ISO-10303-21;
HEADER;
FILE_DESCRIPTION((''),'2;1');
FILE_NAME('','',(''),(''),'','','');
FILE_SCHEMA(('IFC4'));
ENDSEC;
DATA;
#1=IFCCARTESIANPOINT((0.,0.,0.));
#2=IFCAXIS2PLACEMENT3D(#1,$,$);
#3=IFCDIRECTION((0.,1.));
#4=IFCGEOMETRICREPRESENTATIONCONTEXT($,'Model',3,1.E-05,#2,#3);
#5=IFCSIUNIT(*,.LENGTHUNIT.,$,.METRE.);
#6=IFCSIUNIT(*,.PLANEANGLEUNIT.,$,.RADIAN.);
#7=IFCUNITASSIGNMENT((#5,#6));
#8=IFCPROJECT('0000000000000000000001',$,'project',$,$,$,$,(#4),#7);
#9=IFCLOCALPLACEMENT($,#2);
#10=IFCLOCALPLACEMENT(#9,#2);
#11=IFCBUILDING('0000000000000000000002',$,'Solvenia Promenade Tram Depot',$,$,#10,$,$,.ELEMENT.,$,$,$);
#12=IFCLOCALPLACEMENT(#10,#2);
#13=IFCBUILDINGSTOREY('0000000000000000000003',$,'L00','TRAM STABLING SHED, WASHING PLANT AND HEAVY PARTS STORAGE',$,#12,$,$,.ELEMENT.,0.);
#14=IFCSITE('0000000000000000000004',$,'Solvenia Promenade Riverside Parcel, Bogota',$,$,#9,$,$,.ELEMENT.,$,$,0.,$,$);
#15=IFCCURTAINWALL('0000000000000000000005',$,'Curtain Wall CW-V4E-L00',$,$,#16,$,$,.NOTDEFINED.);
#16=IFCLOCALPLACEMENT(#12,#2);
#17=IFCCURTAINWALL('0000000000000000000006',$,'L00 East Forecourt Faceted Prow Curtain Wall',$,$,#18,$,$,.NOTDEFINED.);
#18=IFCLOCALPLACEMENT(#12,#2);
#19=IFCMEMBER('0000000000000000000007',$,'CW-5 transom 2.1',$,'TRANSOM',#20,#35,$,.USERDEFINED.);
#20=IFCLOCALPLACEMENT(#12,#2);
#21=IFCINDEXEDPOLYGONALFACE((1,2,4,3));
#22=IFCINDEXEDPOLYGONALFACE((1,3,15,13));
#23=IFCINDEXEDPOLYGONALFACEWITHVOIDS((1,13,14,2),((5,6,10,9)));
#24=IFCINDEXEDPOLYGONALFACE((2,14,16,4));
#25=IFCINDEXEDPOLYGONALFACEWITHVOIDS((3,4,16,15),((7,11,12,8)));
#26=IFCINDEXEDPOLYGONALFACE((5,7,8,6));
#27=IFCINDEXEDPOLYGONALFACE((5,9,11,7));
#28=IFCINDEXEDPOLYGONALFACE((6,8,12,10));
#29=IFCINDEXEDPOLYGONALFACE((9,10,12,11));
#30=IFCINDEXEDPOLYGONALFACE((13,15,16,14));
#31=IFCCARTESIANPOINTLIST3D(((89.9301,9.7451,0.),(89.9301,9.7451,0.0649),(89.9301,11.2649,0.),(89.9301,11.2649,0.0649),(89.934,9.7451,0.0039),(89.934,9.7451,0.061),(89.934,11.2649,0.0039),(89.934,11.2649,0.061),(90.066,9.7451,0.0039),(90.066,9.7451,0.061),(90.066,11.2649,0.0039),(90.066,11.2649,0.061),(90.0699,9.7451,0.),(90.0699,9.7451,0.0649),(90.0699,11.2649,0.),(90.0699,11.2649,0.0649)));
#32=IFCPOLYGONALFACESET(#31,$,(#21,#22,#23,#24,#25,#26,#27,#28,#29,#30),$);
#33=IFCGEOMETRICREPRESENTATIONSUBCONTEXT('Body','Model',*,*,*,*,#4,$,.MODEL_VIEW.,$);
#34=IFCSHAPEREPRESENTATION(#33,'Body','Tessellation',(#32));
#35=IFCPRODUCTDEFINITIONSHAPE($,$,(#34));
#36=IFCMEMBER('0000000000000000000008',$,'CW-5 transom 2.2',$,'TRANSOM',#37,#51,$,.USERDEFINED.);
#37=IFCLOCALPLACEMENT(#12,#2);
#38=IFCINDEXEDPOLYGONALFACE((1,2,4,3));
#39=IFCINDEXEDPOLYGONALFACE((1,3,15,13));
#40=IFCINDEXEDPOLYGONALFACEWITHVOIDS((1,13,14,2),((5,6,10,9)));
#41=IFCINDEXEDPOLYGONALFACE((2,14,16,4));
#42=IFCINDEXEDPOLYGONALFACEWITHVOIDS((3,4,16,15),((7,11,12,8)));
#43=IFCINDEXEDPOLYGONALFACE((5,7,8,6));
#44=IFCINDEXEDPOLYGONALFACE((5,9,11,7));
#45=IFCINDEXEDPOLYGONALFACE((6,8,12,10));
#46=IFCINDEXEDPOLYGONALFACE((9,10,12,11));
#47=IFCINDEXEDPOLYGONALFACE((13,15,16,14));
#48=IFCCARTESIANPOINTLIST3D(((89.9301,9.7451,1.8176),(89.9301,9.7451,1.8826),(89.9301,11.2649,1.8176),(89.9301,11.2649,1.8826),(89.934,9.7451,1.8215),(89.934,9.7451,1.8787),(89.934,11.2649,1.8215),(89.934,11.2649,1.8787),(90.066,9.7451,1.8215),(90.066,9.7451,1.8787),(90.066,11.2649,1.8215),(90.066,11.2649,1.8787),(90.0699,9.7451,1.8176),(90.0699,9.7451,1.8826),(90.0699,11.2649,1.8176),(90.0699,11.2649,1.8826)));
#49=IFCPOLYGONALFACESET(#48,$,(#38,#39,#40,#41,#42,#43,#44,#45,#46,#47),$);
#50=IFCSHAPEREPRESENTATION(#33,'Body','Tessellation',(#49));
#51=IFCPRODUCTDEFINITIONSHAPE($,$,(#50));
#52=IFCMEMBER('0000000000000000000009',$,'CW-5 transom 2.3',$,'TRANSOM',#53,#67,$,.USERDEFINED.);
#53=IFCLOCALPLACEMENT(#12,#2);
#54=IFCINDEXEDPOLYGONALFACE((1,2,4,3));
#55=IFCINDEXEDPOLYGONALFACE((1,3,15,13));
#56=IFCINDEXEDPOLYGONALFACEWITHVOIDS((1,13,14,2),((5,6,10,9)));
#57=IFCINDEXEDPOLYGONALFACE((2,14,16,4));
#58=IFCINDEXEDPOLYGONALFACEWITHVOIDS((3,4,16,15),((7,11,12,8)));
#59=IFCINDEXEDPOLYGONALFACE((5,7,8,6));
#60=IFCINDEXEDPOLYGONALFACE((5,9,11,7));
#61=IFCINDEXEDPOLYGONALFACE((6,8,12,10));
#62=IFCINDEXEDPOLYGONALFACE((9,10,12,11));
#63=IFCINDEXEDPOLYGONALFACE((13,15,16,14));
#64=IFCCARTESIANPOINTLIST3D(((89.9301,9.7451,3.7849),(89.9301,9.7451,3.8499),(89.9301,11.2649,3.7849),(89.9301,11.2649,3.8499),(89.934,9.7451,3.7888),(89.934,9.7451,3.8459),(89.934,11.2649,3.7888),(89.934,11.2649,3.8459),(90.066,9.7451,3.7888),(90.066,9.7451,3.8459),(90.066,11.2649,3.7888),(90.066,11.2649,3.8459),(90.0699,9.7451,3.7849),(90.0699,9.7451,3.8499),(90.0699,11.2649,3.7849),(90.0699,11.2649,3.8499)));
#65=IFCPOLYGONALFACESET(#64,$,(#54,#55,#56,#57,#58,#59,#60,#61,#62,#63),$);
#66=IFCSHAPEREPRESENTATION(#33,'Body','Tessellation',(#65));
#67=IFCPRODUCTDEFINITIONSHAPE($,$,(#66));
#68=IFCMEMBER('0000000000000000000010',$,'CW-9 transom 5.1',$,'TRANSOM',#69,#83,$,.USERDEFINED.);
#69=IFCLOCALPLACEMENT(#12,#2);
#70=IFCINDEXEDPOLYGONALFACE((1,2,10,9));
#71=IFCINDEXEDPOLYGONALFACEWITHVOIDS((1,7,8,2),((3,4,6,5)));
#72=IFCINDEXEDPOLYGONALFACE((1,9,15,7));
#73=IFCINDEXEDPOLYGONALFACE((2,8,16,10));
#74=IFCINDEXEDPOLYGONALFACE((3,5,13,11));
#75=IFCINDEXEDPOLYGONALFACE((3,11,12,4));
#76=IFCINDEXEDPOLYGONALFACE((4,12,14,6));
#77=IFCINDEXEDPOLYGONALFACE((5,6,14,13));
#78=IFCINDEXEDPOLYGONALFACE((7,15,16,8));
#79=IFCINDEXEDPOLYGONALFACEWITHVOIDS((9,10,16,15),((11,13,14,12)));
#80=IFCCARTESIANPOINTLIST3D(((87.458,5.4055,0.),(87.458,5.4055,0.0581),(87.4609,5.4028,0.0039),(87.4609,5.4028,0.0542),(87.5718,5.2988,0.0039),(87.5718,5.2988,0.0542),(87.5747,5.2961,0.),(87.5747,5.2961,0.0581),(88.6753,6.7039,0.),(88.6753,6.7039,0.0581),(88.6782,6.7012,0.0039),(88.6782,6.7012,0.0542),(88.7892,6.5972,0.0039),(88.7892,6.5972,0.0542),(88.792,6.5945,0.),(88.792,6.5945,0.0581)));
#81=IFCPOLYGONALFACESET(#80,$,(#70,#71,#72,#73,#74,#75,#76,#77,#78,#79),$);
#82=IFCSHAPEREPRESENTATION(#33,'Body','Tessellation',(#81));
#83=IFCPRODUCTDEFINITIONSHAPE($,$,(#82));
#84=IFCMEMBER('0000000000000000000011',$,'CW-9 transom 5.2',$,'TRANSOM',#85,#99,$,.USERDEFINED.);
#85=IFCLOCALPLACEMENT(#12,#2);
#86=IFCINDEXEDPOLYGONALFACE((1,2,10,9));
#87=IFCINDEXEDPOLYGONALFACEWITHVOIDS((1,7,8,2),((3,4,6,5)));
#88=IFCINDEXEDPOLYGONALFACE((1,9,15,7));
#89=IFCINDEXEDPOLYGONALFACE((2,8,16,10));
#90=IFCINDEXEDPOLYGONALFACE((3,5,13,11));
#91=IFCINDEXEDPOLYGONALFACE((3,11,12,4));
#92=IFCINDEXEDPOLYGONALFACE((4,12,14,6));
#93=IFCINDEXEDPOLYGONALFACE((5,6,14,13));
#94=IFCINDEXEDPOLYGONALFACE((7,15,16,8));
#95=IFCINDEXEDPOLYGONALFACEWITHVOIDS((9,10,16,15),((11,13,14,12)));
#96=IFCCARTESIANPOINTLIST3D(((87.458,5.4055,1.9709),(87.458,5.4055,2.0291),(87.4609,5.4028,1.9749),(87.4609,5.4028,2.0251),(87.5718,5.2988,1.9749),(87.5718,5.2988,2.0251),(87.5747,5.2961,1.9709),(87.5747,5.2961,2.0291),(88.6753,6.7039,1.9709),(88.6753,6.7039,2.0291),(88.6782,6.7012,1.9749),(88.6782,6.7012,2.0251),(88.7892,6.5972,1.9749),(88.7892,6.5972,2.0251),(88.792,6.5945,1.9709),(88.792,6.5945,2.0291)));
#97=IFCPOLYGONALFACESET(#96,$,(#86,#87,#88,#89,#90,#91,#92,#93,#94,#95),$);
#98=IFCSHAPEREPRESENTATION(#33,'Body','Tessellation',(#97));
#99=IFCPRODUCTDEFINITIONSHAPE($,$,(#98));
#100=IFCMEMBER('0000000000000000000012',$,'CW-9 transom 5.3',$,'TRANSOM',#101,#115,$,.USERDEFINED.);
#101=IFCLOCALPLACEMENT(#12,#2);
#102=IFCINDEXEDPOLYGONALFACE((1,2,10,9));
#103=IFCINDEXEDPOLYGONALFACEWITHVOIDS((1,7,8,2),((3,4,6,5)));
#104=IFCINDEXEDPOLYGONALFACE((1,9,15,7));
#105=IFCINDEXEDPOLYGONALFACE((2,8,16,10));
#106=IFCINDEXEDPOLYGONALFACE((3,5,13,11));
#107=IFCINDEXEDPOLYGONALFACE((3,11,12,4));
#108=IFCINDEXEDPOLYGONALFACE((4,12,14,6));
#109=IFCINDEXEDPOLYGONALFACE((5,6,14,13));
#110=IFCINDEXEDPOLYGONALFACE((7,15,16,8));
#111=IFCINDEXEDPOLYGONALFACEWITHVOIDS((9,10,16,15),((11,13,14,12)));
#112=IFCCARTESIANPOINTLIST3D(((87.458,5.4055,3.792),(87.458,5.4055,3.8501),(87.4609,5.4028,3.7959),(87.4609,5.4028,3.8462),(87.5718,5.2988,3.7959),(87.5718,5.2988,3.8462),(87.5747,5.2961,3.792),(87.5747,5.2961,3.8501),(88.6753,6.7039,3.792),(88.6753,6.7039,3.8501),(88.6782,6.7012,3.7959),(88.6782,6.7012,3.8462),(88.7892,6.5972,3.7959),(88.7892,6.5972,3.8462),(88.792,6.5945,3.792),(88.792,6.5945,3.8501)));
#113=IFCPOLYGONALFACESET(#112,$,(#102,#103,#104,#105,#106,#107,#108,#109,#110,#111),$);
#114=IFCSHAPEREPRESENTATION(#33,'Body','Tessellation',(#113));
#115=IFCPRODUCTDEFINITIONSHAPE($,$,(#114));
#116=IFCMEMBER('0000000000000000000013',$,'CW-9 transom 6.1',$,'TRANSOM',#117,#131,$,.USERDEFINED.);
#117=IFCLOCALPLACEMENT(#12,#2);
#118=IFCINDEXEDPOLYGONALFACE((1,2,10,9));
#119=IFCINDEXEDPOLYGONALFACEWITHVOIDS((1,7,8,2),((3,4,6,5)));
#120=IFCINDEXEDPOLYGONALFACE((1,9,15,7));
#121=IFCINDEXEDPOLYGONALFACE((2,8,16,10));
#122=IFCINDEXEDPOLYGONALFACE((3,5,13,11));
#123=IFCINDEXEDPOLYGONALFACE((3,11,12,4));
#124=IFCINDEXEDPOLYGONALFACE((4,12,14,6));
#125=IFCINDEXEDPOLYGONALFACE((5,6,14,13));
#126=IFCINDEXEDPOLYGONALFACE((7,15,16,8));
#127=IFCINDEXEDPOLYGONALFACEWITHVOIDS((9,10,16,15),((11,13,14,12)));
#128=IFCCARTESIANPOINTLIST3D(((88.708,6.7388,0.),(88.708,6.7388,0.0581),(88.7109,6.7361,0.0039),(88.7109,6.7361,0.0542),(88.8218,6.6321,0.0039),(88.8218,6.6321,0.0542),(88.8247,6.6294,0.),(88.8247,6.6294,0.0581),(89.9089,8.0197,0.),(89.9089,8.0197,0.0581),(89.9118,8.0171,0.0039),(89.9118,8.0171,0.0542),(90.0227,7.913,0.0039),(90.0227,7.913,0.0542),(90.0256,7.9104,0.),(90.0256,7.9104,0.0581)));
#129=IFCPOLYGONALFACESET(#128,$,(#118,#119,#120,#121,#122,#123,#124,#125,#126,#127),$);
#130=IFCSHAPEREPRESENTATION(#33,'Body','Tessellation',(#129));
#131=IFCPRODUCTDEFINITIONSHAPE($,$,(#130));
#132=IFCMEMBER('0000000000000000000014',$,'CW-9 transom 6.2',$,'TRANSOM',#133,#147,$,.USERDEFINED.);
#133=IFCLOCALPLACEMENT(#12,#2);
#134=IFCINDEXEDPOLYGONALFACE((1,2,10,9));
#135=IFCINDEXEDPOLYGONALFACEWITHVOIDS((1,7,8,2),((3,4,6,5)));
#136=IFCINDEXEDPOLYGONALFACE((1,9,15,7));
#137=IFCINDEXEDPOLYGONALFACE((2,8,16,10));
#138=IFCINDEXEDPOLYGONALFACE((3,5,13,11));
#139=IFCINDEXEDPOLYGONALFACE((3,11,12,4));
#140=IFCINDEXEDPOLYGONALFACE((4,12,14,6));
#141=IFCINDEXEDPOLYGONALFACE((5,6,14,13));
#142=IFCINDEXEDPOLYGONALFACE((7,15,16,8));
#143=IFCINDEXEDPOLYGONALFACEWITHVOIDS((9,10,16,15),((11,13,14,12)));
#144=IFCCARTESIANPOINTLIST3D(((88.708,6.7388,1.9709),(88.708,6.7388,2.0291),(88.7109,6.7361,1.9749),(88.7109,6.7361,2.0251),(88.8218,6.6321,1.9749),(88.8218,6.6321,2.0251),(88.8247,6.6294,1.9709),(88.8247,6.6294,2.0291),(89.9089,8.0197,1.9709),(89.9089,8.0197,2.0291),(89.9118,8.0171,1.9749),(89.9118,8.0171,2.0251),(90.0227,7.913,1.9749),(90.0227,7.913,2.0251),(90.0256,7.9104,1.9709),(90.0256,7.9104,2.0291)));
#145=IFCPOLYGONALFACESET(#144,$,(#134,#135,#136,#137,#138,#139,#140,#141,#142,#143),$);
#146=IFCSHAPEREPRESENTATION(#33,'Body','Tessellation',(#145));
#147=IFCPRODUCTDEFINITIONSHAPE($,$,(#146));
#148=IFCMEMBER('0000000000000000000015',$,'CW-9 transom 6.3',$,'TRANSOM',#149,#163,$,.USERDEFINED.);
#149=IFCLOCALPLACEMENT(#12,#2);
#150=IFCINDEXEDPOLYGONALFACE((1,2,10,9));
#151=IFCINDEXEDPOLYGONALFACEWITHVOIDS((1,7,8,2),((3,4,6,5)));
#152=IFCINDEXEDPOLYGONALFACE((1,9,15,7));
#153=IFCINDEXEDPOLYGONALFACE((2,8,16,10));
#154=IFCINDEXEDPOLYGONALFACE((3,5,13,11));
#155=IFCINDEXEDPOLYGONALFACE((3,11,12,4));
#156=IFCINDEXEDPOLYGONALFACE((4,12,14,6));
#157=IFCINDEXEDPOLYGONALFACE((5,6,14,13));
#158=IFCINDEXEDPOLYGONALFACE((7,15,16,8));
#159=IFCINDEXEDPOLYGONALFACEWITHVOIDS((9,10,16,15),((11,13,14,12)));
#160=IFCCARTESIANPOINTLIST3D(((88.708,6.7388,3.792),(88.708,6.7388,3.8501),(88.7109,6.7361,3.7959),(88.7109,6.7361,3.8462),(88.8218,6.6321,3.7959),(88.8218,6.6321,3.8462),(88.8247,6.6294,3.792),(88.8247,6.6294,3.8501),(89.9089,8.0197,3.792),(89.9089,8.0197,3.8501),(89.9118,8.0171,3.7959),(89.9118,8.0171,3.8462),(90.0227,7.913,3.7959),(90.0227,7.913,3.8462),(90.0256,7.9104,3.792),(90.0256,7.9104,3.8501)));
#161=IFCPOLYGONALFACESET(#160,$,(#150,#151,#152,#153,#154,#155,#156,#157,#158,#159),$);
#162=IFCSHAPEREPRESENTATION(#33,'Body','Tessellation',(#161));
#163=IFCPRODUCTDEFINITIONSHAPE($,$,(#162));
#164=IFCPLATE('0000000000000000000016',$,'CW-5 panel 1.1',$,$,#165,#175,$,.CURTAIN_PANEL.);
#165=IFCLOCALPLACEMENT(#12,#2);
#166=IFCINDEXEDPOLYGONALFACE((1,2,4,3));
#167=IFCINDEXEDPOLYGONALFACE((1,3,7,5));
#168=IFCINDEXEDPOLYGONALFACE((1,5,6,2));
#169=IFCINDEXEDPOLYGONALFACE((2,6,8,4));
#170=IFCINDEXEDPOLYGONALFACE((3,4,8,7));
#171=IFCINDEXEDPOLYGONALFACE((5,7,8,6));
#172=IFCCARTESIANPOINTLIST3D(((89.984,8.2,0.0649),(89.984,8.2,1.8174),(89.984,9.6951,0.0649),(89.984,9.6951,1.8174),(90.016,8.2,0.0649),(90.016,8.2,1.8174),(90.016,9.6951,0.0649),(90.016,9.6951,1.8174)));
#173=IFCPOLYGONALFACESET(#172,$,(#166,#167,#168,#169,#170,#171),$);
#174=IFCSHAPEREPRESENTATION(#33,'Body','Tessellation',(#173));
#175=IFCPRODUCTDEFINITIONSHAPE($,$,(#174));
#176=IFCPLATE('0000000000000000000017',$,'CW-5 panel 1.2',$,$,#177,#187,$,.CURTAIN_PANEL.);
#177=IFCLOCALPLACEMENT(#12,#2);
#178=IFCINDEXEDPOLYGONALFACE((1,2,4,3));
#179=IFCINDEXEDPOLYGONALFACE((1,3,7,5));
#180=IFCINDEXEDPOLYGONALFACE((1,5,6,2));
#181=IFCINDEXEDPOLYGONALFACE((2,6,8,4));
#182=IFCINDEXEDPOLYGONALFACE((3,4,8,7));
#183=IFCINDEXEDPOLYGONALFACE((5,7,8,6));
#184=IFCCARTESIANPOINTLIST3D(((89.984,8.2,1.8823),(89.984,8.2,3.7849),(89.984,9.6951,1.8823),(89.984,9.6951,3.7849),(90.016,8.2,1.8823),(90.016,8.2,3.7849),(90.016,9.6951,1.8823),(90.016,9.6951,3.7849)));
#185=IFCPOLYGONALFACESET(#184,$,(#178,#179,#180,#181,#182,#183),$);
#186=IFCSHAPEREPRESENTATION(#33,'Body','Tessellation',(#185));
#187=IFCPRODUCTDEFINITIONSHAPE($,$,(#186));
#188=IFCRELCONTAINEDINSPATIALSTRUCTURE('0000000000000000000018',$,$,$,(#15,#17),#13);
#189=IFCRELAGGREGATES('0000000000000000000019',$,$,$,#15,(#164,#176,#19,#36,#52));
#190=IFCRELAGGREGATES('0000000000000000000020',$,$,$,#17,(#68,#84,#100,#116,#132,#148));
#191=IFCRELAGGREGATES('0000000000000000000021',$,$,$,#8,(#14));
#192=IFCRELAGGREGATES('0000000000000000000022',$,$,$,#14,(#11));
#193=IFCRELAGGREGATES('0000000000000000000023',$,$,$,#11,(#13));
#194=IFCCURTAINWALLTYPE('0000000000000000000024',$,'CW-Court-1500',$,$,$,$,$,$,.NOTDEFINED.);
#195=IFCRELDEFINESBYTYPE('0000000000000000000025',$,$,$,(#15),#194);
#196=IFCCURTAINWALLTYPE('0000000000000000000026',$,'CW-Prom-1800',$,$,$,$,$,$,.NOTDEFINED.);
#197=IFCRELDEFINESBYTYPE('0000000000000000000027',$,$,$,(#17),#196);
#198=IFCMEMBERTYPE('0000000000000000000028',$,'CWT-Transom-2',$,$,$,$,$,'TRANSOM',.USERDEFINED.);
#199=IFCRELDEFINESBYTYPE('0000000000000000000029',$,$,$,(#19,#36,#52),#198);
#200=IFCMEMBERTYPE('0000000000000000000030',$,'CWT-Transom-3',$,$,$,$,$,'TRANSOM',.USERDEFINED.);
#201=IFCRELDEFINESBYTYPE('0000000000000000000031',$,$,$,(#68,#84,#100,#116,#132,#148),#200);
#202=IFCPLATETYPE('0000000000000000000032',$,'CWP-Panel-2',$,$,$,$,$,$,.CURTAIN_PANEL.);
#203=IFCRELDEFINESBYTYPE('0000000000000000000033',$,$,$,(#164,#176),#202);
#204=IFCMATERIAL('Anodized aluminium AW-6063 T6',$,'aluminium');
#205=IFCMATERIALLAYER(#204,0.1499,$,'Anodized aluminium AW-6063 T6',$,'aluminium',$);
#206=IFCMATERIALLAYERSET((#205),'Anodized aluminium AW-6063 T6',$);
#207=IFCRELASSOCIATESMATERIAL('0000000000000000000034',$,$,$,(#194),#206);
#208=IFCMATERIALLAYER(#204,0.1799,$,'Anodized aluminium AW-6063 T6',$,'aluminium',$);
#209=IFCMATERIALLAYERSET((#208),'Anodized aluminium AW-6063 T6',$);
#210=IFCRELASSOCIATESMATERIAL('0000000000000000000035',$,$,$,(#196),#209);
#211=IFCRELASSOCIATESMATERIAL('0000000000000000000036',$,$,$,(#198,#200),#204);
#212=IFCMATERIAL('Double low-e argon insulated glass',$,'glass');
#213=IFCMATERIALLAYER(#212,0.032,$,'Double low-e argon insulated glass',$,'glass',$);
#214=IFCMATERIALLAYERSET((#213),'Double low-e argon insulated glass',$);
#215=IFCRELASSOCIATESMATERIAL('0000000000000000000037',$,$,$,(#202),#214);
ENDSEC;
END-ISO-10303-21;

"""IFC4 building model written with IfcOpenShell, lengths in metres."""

from ifc_helpers import new_model, si_unit, direction, frame, origin, origin_2d, place, context, subcontext, project, spatial, rectangle, hollow_rectangle, extrude, material, layer, layer_set, material_profile, profile_set, type_object, element, aggregate, save


model = new_model("IFC4")

# Units and contexts
model_context = context("Model", 3, precision=1e-05, world=origin(), true_north=direction((0.0, 1.0)))
body_context = subcontext(model_context, "Body", "Model", "MODEL_VIEW")
ifc_project = project(units=[si_unit("LENGTHUNIT", "METRE"), si_unit("PLANEANGLEUNIT", "RADIAN")], contexts=[model_context])

# Site, building, storey
site_placement = place(None, origin())
site = spatial("IfcSite", under=ifc_project, at=site_placement, Name="Solvenia Promenade Riverside Parcel, Bogota", CompositionType="ELEMENT", RefElevation=0.0)
building_placement = place(site_placement, origin())
building = spatial("IfcBuilding", under=site, at=building_placement, Name="Solvenia Promenade Tram Depot", CompositionType="ELEMENT")
storey_placement = place(building_placement, origin())
storey = spatial("IfcBuildingStorey", under=building, at=storey_placement, Name="L00", Description="TRAM STABLING SHED, WASHING PLANT AND HEAVY PARTS STORAGE", CompositionType="ELEMENT", Elevation=0.0)

# Curtain walls
ifc_material_1 = material(Name="Anodized aluminium AW-6063 T6", Category="aluminium")
ifc_layer_1 = layer(ifc_material_1, 0.1499, Name="Anodized aluminium AW-6063 T6", Category="aluminium")
ifc_layer_set_1 = layer_set([ifc_layer_1], Name="Anodized aluminium AW-6063 T6")
curtain_wall_type_1 = type_object("IfcCurtainWallType", Name="CW-Court-1500", PredefinedType="NOTDEFINED", material=ifc_layer_set_1)
curtain_wall_1_placement = place(storey_placement, origin())
curtain_wall_1 = element("IfcCurtainWall", 1, at=curtain_wall_1_placement, inside=storey, type_object=curtain_wall_type_1, Name="Curtain Wall CW-V4E-L00", PredefinedType="NOTDEFINED")
ifc_layer_2 = layer(ifc_material_1, 0.1799, Name="Anodized aluminium AW-6063 T6", Category="aluminium")
ifc_layer_set_2 = layer_set([ifc_layer_2], Name="Anodized aluminium AW-6063 T6")
curtain_wall_type_2 = type_object("IfcCurtainWallType", Name="CW-Prom-1800", PredefinedType="NOTDEFINED", material=ifc_layer_set_2)
curtain_wall_2_placement = place(storey_placement, origin())
curtain_wall_2 = element("IfcCurtainWall", 2, at=curtain_wall_2_placement, inside=storey, type_object=curtain_wall_type_2, Name="L00 East Forecourt Faceted Prow Curtain Wall", PredefinedType="NOTDEFINED")

# Members
ifc_material_profile_1 = material_profile(ifc_material_1, hollow_rectangle(XDim=0.1399, YDim=0.0649, WallThickness=0.0039, at=origin_2d()), Name="ALU-T2", Category="aluminium")
ifc_profile_set_1 = profile_set([ifc_material_profile_1], Name="Anodized aluminium AW-6063 T6")
member_type_1 = type_object("IfcMemberType", Name="CWT-Transom-2", ElementType="TRANSOM", PredefinedType="USERDEFINED", material=ifc_profile_set_1)
member_1_placement = place(storey_placement, frame((90.0, 9.7451, 0.0325), z_axis=(0.0, 1.0, 0.0), x_axis=(-1.0, 0.0, 0.0)))
member_1 = element("IfcMember", 3, at=member_1_placement, type_object=member_type_1, Name="CW-5 transom 2.1", ObjectType="TRANSOM", PredefinedType="USERDEFINED", context=body_context, shape_type="SweptSolid", body=[
    extrude(hollow_rectangle(XDim=0.1399, YDim=0.0649, WallThickness=0.0039, at=origin_2d()), origin(), (0.0, 0.0, 1.0), 1.5198),
])
member_2_placement = place(storey_placement, frame((90.0, 9.7451, 1.8501), z_axis=(0.0, 1.0, 0.0), x_axis=(-1.0, 0.0, 0.0)))
member_2 = element("IfcMember", 4, at=member_2_placement, type_object=member_type_1, Name="CW-5 transom 2.2", ObjectType="TRANSOM", PredefinedType="USERDEFINED", context=body_context, shape_type="SweptSolid", body=[
    extrude(hollow_rectangle(XDim=0.1399, YDim=0.0649, WallThickness=0.0039, at=origin_2d()), origin(), (0.0, 0.0, 1.0), 1.5198),
])
member_3_placement = place(storey_placement, frame((90.0, 9.7451, 3.8174), z_axis=(0.0, 1.0, 0.0), x_axis=(-1.0, 0.0, 0.0)))
member_3 = element("IfcMember", 5, at=member_3_placement, type_object=member_type_1, Name="CW-5 transom 2.3", ObjectType="TRANSOM", PredefinedType="USERDEFINED", context=body_context, shape_type="SweptSolid", body=[
    extrude(hollow_rectangle(XDim=0.1399, YDim=0.0649, WallThickness=0.0039, at=origin_2d()), origin(), (0.0, 0.0, 1.0), 1.5198),
])
ifc_material_profile_2 = material_profile(ifc_material_1, hollow_rectangle(XDim=0.1599, YDim=0.0581, WallThickness=0.0039, at=origin_2d()), Name="ALU-T3", Category="aluminium")
ifc_profile_set_2 = profile_set([ifc_material_profile_2], Name="Anodized aluminium AW-6063 T6")
member_type_2 = type_object("IfcMemberType", Name="CWT-Transom-3", ElementType="TRANSOM", PredefinedType="USERDEFINED", material=ifc_profile_set_2)
member_4_placement = place(storey_placement, frame((87.5164, 5.3508, 0.0291), z_axis=(0.683969, 0.729512, 0.0), x_axis=(-0.729512, 0.683969, 0.0)))
member_4 = element("IfcMember", 6, at=member_4_placement, type_object=member_type_2, Name="CW-9 transom 5.1", ObjectType="TRANSOM", PredefinedType="USERDEFINED", context=body_context, shape_type="SweptSolid", body=[
    extrude(hollow_rectangle(XDim=0.1599, YDim=0.0581, WallThickness=0.0039, at=origin_2d()), origin(), (0.0, 0.0, 1.0), 1.7798),
])
member_5_placement = place(storey_placement, frame((87.5164, 5.3508, 2.0), z_axis=(0.683969, 0.729512, 0.0), x_axis=(-0.729512, 0.683969, 0.0)))
member_5 = element("IfcMember", 7, at=member_5_placement, type_object=member_type_2, Name="CW-9 transom 5.2", ObjectType="TRANSOM", PredefinedType="USERDEFINED", context=body_context, shape_type="SweptSolid", body=[
    extrude(hollow_rectangle(XDim=0.1599, YDim=0.0581, WallThickness=0.0039, at=origin_2d()), origin(), (0.0, 0.0, 1.0), 1.7798),
])
member_6_placement = place(storey_placement, frame((87.5164, 5.3508, 3.821), z_axis=(0.683969, 0.729512, 0.0), x_axis=(-0.729512, 0.683969, 0.0)))
member_6 = element("IfcMember", 8, at=member_6_placement, type_object=member_type_2, Name="CW-9 transom 5.3", ObjectType="TRANSOM", PredefinedType="USERDEFINED", context=body_context, shape_type="SweptSolid", body=[
    extrude(hollow_rectangle(XDim=0.1599, YDim=0.0581, WallThickness=0.0039, at=origin_2d()), origin(), (0.0, 0.0, 1.0), 1.7798),
])
member_7_placement = place(storey_placement, frame((88.7664, 6.6841, 0.0291), z_axis=(0.683937, 0.729542, 0.0), x_axis=(-0.729542, 0.683937, 0.0)))
member_7 = element("IfcMember", 9, at=member_7_placement, type_object=member_type_2, Name="CW-9 transom 6.1", ObjectType="TRANSOM", PredefinedType="USERDEFINED", context=body_context, shape_type="SweptSolid", body=[
    extrude(hollow_rectangle(XDim=0.1599, YDim=0.0581, WallThickness=0.0039, at=origin_2d()), origin(), (0.0, 0.0, 1.0), 1.7559),
])
member_8_placement = place(storey_placement, frame((88.7664, 6.6841, 2.0), z_axis=(0.683937, 0.729542, 0.0), x_axis=(-0.729542, 0.683937, 0.0)))
member_8 = element("IfcMember", 10, at=member_8_placement, type_object=member_type_2, Name="CW-9 transom 6.2", ObjectType="TRANSOM", PredefinedType="USERDEFINED", context=body_context, shape_type="SweptSolid", body=[
    extrude(hollow_rectangle(XDim=0.1599, YDim=0.0581, WallThickness=0.0039, at=origin_2d()), origin(), (0.0, 0.0, 1.0), 1.7559),
])
member_9_placement = place(storey_placement, frame((88.7664, 6.6841, 3.821), z_axis=(0.683937, 0.729542, 0.0), x_axis=(-0.729542, 0.683937, 0.0)))
member_9 = element("IfcMember", 11, at=member_9_placement, type_object=member_type_2, Name="CW-9 transom 6.3", ObjectType="TRANSOM", PredefinedType="USERDEFINED", context=body_context, shape_type="SweptSolid", body=[
    extrude(hollow_rectangle(XDim=0.1599, YDim=0.0581, WallThickness=0.0039, at=origin_2d()), origin(), (0.0, 0.0, 1.0), 1.7559),
])

# Plates
ifc_material_2 = material(Name="Double low-e argon insulated glass", Category="glass")
ifc_layer_3 = layer(ifc_material_2, 0.032, Name="Double low-e argon insulated glass", Category="glass")
ifc_layer_set_3 = layer_set([ifc_layer_3], Name="Double low-e argon insulated glass")
plate_type_1 = type_object("IfcPlateType", Name="CWP-Panel-2", PredefinedType="CURTAIN_PANEL", material=ifc_layer_set_3)
plate_1_placement = place(storey_placement, frame((90.0, 8.9475, 0.0649), z_axis=(0.0, 0.0, 1.0), x_axis=(0.0, 1.0, 0.0)))
plate_1 = element("IfcPlate", 12, at=plate_1_placement, type_object=plate_type_1, Name="CW-5 panel 1.1", PredefinedType="CURTAIN_PANEL", context=body_context, shape_type="SweptSolid", body=[
    extrude(rectangle(XDim=1.4951, YDim=0.032, at=origin_2d()), origin(), (0.0, 0.0, 1.0), 1.7524),
])
plate_2_placement = place(storey_placement, frame((90.0, 8.9475, 1.8823), z_axis=(0.0, 0.0, 1.0), x_axis=(0.0, 1.0, 0.0)))
plate_2 = element("IfcPlate", 13, at=plate_2_placement, type_object=plate_type_1, Name="CW-5 panel 1.2", PredefinedType="CURTAIN_PANEL", context=body_context, shape_type="SweptSolid", body=[
    extrude(rectangle(XDim=1.4951, YDim=0.032, at=origin_2d()), origin(), (0.0, 0.0, 1.0), 1.9026),
])
aggregate(curtain_wall_1, [plate_1, plate_2, member_1, member_2, member_3])
aggregate(curtain_wall_2, [member_4, member_5, member_6, member_7, member_8, member_9])

save(model, "model.ifc")
